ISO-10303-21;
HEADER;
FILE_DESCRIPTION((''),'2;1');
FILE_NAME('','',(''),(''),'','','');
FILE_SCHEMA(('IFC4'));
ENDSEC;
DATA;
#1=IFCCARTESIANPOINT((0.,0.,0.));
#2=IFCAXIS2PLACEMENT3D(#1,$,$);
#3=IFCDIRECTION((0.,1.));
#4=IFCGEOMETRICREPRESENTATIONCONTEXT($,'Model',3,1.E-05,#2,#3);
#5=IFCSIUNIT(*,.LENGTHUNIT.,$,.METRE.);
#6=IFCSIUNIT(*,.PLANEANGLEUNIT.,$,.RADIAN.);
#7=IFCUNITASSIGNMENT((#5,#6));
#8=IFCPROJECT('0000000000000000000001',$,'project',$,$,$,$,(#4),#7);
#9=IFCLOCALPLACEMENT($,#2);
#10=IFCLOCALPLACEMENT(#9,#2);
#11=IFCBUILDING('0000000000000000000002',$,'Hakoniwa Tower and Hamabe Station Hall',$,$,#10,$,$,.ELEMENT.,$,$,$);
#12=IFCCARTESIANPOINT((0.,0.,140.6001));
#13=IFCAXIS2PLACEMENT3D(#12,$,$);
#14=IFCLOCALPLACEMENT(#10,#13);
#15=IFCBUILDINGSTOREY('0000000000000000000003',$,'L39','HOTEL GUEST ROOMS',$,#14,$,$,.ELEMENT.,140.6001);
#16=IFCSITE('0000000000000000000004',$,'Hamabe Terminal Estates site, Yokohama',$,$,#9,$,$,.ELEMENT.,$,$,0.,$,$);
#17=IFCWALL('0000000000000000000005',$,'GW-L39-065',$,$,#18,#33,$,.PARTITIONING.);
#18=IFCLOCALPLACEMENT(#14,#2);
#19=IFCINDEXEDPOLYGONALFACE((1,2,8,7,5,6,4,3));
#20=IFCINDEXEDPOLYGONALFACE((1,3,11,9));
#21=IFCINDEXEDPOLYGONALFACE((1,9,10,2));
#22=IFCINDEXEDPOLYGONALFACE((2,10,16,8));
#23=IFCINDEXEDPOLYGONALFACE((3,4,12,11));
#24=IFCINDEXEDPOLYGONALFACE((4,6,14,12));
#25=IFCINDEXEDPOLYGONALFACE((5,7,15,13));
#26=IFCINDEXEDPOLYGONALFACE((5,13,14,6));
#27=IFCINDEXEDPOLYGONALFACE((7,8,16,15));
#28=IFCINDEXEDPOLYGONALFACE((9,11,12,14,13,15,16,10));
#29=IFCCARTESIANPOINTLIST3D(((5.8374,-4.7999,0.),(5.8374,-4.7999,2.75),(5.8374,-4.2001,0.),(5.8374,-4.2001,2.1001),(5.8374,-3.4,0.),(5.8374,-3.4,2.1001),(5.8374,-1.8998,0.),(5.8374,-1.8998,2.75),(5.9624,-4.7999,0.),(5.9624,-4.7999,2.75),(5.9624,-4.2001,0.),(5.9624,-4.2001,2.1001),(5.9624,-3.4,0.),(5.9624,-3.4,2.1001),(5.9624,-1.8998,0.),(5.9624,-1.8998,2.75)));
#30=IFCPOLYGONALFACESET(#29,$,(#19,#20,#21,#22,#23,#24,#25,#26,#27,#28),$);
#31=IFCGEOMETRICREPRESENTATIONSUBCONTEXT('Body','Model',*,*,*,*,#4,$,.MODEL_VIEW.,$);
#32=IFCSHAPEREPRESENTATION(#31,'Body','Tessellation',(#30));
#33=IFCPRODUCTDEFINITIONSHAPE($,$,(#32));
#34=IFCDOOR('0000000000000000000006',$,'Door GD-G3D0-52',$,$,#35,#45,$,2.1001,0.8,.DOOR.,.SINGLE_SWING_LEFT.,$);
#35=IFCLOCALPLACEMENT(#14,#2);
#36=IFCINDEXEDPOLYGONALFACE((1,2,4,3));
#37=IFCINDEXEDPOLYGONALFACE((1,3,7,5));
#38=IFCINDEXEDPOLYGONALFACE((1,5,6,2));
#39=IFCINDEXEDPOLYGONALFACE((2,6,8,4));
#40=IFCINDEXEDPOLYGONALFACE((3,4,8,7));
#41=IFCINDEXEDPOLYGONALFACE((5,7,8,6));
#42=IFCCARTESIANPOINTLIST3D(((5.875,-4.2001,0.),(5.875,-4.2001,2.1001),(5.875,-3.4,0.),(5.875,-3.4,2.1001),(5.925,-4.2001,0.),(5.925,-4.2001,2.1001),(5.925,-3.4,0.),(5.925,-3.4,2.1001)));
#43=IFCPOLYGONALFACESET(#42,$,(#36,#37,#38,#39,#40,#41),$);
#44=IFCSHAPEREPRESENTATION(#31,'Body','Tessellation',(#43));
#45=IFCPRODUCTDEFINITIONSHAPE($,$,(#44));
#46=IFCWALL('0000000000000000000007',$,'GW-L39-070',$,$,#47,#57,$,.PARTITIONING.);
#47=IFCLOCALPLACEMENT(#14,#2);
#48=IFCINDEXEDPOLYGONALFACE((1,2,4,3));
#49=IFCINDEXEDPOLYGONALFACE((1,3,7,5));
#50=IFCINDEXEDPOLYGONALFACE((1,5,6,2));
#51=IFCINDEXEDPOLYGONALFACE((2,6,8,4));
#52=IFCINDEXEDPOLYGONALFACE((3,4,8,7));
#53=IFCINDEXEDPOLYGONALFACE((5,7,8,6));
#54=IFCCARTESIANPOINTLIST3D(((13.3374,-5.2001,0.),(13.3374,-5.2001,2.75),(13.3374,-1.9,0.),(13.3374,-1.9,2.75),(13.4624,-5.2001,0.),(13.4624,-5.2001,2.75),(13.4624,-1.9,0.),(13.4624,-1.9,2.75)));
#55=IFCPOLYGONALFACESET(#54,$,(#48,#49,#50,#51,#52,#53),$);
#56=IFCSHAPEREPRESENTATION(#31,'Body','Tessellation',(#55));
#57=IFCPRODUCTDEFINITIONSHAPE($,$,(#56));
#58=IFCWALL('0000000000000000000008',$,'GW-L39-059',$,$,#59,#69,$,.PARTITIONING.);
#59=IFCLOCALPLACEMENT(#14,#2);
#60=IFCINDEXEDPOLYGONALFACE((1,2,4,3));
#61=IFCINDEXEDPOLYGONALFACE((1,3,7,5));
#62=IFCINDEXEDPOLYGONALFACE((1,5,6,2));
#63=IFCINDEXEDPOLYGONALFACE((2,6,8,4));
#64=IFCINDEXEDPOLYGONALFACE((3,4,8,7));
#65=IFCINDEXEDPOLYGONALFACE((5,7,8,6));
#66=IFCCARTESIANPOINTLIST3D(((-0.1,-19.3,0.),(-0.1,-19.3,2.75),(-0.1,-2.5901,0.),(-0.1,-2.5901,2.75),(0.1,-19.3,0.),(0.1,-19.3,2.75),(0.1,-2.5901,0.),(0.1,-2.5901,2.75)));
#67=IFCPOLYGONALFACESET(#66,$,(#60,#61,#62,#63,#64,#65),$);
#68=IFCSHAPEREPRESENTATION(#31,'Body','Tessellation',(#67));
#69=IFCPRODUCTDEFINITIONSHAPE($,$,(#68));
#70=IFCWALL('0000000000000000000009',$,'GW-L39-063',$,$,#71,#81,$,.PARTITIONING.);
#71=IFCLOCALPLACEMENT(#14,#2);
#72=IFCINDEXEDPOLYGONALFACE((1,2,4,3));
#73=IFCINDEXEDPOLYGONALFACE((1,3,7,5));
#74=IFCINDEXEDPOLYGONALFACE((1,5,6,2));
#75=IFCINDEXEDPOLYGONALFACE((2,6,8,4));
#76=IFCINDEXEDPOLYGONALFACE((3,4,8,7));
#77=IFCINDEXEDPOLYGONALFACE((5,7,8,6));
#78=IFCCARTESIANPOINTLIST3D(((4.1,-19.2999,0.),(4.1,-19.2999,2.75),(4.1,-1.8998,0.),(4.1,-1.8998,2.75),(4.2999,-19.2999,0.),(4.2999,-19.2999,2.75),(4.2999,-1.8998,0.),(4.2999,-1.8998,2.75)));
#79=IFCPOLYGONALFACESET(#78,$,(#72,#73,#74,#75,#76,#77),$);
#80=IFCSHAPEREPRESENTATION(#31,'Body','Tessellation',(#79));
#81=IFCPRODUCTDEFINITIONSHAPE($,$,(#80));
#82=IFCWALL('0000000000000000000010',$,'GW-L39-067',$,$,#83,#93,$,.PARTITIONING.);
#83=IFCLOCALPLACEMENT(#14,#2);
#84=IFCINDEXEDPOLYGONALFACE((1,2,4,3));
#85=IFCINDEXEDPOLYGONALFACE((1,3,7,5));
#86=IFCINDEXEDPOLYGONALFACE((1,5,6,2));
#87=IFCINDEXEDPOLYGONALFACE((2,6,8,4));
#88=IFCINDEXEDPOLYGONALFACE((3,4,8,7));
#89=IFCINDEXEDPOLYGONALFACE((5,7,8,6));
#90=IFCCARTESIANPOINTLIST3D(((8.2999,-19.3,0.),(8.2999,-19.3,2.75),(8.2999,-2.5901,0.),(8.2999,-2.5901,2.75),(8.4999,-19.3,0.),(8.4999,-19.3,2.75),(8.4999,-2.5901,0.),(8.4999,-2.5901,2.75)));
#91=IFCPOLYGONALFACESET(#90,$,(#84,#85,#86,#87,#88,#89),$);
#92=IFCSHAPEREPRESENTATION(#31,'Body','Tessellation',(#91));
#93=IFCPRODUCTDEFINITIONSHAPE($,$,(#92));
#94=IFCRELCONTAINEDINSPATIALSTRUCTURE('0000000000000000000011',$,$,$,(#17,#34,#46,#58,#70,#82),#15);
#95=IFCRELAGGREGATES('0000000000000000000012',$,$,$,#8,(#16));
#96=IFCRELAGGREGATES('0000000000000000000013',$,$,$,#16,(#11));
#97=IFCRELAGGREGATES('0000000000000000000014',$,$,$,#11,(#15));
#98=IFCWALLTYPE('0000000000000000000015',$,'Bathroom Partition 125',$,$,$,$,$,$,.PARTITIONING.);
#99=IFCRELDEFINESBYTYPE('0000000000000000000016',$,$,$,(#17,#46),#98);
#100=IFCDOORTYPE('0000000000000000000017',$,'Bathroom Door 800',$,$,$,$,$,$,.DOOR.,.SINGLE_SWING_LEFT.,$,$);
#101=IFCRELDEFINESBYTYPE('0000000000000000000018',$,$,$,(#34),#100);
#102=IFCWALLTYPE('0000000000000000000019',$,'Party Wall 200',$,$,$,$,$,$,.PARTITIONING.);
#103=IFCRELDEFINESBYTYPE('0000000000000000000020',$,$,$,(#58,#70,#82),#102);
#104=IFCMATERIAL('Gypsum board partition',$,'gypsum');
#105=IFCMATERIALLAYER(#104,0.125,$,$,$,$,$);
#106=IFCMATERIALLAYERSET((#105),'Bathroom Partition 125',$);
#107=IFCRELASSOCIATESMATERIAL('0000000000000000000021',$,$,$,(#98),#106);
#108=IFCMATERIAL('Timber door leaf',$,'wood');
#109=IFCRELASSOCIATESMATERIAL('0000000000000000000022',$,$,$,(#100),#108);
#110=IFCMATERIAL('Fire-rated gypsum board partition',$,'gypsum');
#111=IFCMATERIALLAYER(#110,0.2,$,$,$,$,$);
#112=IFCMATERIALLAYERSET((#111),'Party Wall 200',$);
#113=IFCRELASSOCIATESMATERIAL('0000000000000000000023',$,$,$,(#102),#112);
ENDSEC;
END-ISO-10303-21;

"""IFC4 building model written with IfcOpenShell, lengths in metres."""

from ifc_helpers import new_model, si_unit, direction, frame, frame_2d, origin, place, context, subcontext, project, spatial, rectangle, extrude, material, layer, layer_set, type_object, element, fill, save


model = new_model("IFC4")

# Units and contexts
model_context = context("Model", 3, precision=1e-05, world=origin(), true_north=direction((0.0, 1.0)))
body_context = subcontext(model_context, "Body", "Model", "MODEL_VIEW")
ifc_project = project(units=[si_unit("LENGTHUNIT", "METRE"), si_unit("PLANEANGLEUNIT", "RADIAN")], contexts=[model_context])

# Site, building, storey
site_placement = place(None, origin())
site = spatial("IfcSite", under=ifc_project, at=site_placement, Name="Hamabe Terminal Estates site, Yokohama", CompositionType="ELEMENT", RefElevation=0.0)
building_placement = place(site_placement, origin())
building = spatial("IfcBuilding", under=site, at=building_placement, Name="Hakoniwa Tower and Hamabe Station Hall", CompositionType="ELEMENT")
storey_placement = place(building_placement, frame((0.0, 0.0, 140.6001)))
storey = spatial("IfcBuildingStorey", under=building, at=storey_placement, Name="L39", Description="HOTEL GUEST ROOMS", CompositionType="ELEMENT", Elevation=140.6001)

# Shared definitions
ifc_material_1 = material(Name="Gypsum board partition", Category="gypsum")
ifc_layer_1 = layer(ifc_material_1, 0.125)
ifc_layer_set_1 = layer_set([ifc_layer_1], Name="Bathroom Partition 125")
wall_type_1 = type_object("IfcWallType", Name="Bathroom Partition 125", PredefinedType="PARTITIONING", material=ifc_layer_set_1)
ifc_material_2 = material(Name="Timber door leaf", Category="wood")
door_type = type_object("IfcDoorType", Name="Bathroom Door 800", OperationType="SINGLE_SWING_LEFT", PredefinedType="DOOR", material=ifc_material_2)

# Wall, opening, door
wall_1_placement = place(storey_placement, frame((5.8999, -4.8, 0.0), z_axis=(0.0, 0.0, 1.0), x_axis=(0.0, 1.0, 0.0)))
wall_1 = element("IfcWall", 1, at=wall_1_placement, inside=storey, type_object=wall_type_1, Name="GW-L39-065", PredefinedType="PARTITIONING", context=body_context, shape_type="SweptSolid", body=[
    extrude(rectangle(XDim=2.9001, YDim=0.125, at=frame_2d((1.4502, 0.0))), origin(), (0.0, 0.0, 1.0), 2.75),
])
opening_1_placement = place(wall_1_placement, frame((0.6001, 0.0, 0.0)))
opening_1 = element("IfcOpeningElement", 2, at=opening_1_placement, cuts=wall_1, PredefinedType="OPENING", context=body_context, shape_type="SweptSolid", body=[
    extrude(rectangle(XDim=0.8, YDim=2.1001, at=frame_2d((0.3999, 1.05))), frame((0.0, 0.0725, 0.0), z_axis=(0.0, -1.0, 0.0), x_axis=(1.0, 0.0, 0.0)), (0.0, 0.0, 1.0), 0.145),
])
door_1_placement = place(opening_1_placement, origin())
door_1 = element("IfcDoor", 3, at=door_1_placement, inside=storey, type_object=door_type, Name="Door GD-G3D0-52", OperationType="SINGLE_SWING_LEFT", OverallHeight=2.1001, OverallWidth=0.8, PredefinedType="DOOR", context=body_context, shape_type="SweptSolid", body=[
    extrude(rectangle(XDim=0.8, YDim=2.1001, at=frame_2d((0.3999, 1.05))), frame((0.0, 0.0249, 0.0), z_axis=(0.0, -1.0, 0.0), x_axis=(1.0, 0.0, 0.0)), (0.0, 0.0, 1.0), 0.05),
])
fill(opening_1, door_1)

# Walls
wall_2_placement = place(storey_placement, frame((13.3999, -5.2, 0.0), z_axis=(0.0, 0.0, 1.0), x_axis=(0.0, 1.0, 0.0)))
element("IfcWall", 4, at=wall_2_placement, inside=storey, type_object=wall_type_1, Name="GW-L39-070", PredefinedType="PARTITIONING", context=body_context, shape_type="SweptSolid", body=[
    extrude(rectangle(XDim=3.3, YDim=0.125, at=frame_2d((1.6499, 0.0))), origin(), (0.0, 0.0, 1.0), 2.75),
])
ifc_material_3 = material(Name="Fire-rated gypsum board partition", Category="gypsum")
ifc_layer_2 = layer(ifc_material_3, 0.2)
ifc_layer_set_2 = layer_set([ifc_layer_2], Name="Party Wall 200")
wall_type_2 = type_object("IfcWallType", Name="Party Wall 200", PredefinedType="PARTITIONING", material=ifc_layer_set_2)
wall_3_placement = place(storey_placement, frame((0.0, -19.3, 0.0), z_axis=(0.0, 0.0, 1.0), x_axis=(0.0, 1.0, 0.0)))
element("IfcWall", 5, at=wall_3_placement, inside=storey, type_object=wall_type_2, Name="GW-L39-059", PredefinedType="PARTITIONING", context=body_context, shape_type="SweptSolid", body=[
    extrude(rectangle(XDim=16.71, YDim=0.2, at=frame_2d((8.355, 0.0))), origin(), (0.0, 0.0, 1.0), 2.75),
])
wall_4_placement = place(storey_placement, frame((4.2, -19.3, 0.0), z_axis=(0.0, 0.0, 1.0), x_axis=(0.0, 1.0, 0.0)))
element("IfcWall", 6, at=wall_4_placement, inside=storey, type_object=wall_type_2, Name="GW-L39-063", PredefinedType="PARTITIONING", context=body_context, shape_type="SweptSolid", body=[
    extrude(rectangle(XDim=17.4001, YDim=0.2, at=frame_2d((8.7002, 0.0))), origin(), (0.0, 0.0, 1.0), 2.75),
])
wall_5_placement = place(storey_placement, frame((8.3999, -19.3, 0.0), z_axis=(0.0, 0.0, 1.0), x_axis=(0.0, 1.0, 0.0)))
element("IfcWall", 7, at=wall_5_placement, inside=storey, type_object=wall_type_2, Name="GW-L39-067", PredefinedType="PARTITIONING", context=body_context, shape_type="SweptSolid", body=[
    extrude(rectangle(XDim=16.71, YDim=0.2, at=frame_2d((8.355, 0.0))), origin(), (0.0, 0.0, 1.0), 2.75),
])

save(model, "model.ifc")
